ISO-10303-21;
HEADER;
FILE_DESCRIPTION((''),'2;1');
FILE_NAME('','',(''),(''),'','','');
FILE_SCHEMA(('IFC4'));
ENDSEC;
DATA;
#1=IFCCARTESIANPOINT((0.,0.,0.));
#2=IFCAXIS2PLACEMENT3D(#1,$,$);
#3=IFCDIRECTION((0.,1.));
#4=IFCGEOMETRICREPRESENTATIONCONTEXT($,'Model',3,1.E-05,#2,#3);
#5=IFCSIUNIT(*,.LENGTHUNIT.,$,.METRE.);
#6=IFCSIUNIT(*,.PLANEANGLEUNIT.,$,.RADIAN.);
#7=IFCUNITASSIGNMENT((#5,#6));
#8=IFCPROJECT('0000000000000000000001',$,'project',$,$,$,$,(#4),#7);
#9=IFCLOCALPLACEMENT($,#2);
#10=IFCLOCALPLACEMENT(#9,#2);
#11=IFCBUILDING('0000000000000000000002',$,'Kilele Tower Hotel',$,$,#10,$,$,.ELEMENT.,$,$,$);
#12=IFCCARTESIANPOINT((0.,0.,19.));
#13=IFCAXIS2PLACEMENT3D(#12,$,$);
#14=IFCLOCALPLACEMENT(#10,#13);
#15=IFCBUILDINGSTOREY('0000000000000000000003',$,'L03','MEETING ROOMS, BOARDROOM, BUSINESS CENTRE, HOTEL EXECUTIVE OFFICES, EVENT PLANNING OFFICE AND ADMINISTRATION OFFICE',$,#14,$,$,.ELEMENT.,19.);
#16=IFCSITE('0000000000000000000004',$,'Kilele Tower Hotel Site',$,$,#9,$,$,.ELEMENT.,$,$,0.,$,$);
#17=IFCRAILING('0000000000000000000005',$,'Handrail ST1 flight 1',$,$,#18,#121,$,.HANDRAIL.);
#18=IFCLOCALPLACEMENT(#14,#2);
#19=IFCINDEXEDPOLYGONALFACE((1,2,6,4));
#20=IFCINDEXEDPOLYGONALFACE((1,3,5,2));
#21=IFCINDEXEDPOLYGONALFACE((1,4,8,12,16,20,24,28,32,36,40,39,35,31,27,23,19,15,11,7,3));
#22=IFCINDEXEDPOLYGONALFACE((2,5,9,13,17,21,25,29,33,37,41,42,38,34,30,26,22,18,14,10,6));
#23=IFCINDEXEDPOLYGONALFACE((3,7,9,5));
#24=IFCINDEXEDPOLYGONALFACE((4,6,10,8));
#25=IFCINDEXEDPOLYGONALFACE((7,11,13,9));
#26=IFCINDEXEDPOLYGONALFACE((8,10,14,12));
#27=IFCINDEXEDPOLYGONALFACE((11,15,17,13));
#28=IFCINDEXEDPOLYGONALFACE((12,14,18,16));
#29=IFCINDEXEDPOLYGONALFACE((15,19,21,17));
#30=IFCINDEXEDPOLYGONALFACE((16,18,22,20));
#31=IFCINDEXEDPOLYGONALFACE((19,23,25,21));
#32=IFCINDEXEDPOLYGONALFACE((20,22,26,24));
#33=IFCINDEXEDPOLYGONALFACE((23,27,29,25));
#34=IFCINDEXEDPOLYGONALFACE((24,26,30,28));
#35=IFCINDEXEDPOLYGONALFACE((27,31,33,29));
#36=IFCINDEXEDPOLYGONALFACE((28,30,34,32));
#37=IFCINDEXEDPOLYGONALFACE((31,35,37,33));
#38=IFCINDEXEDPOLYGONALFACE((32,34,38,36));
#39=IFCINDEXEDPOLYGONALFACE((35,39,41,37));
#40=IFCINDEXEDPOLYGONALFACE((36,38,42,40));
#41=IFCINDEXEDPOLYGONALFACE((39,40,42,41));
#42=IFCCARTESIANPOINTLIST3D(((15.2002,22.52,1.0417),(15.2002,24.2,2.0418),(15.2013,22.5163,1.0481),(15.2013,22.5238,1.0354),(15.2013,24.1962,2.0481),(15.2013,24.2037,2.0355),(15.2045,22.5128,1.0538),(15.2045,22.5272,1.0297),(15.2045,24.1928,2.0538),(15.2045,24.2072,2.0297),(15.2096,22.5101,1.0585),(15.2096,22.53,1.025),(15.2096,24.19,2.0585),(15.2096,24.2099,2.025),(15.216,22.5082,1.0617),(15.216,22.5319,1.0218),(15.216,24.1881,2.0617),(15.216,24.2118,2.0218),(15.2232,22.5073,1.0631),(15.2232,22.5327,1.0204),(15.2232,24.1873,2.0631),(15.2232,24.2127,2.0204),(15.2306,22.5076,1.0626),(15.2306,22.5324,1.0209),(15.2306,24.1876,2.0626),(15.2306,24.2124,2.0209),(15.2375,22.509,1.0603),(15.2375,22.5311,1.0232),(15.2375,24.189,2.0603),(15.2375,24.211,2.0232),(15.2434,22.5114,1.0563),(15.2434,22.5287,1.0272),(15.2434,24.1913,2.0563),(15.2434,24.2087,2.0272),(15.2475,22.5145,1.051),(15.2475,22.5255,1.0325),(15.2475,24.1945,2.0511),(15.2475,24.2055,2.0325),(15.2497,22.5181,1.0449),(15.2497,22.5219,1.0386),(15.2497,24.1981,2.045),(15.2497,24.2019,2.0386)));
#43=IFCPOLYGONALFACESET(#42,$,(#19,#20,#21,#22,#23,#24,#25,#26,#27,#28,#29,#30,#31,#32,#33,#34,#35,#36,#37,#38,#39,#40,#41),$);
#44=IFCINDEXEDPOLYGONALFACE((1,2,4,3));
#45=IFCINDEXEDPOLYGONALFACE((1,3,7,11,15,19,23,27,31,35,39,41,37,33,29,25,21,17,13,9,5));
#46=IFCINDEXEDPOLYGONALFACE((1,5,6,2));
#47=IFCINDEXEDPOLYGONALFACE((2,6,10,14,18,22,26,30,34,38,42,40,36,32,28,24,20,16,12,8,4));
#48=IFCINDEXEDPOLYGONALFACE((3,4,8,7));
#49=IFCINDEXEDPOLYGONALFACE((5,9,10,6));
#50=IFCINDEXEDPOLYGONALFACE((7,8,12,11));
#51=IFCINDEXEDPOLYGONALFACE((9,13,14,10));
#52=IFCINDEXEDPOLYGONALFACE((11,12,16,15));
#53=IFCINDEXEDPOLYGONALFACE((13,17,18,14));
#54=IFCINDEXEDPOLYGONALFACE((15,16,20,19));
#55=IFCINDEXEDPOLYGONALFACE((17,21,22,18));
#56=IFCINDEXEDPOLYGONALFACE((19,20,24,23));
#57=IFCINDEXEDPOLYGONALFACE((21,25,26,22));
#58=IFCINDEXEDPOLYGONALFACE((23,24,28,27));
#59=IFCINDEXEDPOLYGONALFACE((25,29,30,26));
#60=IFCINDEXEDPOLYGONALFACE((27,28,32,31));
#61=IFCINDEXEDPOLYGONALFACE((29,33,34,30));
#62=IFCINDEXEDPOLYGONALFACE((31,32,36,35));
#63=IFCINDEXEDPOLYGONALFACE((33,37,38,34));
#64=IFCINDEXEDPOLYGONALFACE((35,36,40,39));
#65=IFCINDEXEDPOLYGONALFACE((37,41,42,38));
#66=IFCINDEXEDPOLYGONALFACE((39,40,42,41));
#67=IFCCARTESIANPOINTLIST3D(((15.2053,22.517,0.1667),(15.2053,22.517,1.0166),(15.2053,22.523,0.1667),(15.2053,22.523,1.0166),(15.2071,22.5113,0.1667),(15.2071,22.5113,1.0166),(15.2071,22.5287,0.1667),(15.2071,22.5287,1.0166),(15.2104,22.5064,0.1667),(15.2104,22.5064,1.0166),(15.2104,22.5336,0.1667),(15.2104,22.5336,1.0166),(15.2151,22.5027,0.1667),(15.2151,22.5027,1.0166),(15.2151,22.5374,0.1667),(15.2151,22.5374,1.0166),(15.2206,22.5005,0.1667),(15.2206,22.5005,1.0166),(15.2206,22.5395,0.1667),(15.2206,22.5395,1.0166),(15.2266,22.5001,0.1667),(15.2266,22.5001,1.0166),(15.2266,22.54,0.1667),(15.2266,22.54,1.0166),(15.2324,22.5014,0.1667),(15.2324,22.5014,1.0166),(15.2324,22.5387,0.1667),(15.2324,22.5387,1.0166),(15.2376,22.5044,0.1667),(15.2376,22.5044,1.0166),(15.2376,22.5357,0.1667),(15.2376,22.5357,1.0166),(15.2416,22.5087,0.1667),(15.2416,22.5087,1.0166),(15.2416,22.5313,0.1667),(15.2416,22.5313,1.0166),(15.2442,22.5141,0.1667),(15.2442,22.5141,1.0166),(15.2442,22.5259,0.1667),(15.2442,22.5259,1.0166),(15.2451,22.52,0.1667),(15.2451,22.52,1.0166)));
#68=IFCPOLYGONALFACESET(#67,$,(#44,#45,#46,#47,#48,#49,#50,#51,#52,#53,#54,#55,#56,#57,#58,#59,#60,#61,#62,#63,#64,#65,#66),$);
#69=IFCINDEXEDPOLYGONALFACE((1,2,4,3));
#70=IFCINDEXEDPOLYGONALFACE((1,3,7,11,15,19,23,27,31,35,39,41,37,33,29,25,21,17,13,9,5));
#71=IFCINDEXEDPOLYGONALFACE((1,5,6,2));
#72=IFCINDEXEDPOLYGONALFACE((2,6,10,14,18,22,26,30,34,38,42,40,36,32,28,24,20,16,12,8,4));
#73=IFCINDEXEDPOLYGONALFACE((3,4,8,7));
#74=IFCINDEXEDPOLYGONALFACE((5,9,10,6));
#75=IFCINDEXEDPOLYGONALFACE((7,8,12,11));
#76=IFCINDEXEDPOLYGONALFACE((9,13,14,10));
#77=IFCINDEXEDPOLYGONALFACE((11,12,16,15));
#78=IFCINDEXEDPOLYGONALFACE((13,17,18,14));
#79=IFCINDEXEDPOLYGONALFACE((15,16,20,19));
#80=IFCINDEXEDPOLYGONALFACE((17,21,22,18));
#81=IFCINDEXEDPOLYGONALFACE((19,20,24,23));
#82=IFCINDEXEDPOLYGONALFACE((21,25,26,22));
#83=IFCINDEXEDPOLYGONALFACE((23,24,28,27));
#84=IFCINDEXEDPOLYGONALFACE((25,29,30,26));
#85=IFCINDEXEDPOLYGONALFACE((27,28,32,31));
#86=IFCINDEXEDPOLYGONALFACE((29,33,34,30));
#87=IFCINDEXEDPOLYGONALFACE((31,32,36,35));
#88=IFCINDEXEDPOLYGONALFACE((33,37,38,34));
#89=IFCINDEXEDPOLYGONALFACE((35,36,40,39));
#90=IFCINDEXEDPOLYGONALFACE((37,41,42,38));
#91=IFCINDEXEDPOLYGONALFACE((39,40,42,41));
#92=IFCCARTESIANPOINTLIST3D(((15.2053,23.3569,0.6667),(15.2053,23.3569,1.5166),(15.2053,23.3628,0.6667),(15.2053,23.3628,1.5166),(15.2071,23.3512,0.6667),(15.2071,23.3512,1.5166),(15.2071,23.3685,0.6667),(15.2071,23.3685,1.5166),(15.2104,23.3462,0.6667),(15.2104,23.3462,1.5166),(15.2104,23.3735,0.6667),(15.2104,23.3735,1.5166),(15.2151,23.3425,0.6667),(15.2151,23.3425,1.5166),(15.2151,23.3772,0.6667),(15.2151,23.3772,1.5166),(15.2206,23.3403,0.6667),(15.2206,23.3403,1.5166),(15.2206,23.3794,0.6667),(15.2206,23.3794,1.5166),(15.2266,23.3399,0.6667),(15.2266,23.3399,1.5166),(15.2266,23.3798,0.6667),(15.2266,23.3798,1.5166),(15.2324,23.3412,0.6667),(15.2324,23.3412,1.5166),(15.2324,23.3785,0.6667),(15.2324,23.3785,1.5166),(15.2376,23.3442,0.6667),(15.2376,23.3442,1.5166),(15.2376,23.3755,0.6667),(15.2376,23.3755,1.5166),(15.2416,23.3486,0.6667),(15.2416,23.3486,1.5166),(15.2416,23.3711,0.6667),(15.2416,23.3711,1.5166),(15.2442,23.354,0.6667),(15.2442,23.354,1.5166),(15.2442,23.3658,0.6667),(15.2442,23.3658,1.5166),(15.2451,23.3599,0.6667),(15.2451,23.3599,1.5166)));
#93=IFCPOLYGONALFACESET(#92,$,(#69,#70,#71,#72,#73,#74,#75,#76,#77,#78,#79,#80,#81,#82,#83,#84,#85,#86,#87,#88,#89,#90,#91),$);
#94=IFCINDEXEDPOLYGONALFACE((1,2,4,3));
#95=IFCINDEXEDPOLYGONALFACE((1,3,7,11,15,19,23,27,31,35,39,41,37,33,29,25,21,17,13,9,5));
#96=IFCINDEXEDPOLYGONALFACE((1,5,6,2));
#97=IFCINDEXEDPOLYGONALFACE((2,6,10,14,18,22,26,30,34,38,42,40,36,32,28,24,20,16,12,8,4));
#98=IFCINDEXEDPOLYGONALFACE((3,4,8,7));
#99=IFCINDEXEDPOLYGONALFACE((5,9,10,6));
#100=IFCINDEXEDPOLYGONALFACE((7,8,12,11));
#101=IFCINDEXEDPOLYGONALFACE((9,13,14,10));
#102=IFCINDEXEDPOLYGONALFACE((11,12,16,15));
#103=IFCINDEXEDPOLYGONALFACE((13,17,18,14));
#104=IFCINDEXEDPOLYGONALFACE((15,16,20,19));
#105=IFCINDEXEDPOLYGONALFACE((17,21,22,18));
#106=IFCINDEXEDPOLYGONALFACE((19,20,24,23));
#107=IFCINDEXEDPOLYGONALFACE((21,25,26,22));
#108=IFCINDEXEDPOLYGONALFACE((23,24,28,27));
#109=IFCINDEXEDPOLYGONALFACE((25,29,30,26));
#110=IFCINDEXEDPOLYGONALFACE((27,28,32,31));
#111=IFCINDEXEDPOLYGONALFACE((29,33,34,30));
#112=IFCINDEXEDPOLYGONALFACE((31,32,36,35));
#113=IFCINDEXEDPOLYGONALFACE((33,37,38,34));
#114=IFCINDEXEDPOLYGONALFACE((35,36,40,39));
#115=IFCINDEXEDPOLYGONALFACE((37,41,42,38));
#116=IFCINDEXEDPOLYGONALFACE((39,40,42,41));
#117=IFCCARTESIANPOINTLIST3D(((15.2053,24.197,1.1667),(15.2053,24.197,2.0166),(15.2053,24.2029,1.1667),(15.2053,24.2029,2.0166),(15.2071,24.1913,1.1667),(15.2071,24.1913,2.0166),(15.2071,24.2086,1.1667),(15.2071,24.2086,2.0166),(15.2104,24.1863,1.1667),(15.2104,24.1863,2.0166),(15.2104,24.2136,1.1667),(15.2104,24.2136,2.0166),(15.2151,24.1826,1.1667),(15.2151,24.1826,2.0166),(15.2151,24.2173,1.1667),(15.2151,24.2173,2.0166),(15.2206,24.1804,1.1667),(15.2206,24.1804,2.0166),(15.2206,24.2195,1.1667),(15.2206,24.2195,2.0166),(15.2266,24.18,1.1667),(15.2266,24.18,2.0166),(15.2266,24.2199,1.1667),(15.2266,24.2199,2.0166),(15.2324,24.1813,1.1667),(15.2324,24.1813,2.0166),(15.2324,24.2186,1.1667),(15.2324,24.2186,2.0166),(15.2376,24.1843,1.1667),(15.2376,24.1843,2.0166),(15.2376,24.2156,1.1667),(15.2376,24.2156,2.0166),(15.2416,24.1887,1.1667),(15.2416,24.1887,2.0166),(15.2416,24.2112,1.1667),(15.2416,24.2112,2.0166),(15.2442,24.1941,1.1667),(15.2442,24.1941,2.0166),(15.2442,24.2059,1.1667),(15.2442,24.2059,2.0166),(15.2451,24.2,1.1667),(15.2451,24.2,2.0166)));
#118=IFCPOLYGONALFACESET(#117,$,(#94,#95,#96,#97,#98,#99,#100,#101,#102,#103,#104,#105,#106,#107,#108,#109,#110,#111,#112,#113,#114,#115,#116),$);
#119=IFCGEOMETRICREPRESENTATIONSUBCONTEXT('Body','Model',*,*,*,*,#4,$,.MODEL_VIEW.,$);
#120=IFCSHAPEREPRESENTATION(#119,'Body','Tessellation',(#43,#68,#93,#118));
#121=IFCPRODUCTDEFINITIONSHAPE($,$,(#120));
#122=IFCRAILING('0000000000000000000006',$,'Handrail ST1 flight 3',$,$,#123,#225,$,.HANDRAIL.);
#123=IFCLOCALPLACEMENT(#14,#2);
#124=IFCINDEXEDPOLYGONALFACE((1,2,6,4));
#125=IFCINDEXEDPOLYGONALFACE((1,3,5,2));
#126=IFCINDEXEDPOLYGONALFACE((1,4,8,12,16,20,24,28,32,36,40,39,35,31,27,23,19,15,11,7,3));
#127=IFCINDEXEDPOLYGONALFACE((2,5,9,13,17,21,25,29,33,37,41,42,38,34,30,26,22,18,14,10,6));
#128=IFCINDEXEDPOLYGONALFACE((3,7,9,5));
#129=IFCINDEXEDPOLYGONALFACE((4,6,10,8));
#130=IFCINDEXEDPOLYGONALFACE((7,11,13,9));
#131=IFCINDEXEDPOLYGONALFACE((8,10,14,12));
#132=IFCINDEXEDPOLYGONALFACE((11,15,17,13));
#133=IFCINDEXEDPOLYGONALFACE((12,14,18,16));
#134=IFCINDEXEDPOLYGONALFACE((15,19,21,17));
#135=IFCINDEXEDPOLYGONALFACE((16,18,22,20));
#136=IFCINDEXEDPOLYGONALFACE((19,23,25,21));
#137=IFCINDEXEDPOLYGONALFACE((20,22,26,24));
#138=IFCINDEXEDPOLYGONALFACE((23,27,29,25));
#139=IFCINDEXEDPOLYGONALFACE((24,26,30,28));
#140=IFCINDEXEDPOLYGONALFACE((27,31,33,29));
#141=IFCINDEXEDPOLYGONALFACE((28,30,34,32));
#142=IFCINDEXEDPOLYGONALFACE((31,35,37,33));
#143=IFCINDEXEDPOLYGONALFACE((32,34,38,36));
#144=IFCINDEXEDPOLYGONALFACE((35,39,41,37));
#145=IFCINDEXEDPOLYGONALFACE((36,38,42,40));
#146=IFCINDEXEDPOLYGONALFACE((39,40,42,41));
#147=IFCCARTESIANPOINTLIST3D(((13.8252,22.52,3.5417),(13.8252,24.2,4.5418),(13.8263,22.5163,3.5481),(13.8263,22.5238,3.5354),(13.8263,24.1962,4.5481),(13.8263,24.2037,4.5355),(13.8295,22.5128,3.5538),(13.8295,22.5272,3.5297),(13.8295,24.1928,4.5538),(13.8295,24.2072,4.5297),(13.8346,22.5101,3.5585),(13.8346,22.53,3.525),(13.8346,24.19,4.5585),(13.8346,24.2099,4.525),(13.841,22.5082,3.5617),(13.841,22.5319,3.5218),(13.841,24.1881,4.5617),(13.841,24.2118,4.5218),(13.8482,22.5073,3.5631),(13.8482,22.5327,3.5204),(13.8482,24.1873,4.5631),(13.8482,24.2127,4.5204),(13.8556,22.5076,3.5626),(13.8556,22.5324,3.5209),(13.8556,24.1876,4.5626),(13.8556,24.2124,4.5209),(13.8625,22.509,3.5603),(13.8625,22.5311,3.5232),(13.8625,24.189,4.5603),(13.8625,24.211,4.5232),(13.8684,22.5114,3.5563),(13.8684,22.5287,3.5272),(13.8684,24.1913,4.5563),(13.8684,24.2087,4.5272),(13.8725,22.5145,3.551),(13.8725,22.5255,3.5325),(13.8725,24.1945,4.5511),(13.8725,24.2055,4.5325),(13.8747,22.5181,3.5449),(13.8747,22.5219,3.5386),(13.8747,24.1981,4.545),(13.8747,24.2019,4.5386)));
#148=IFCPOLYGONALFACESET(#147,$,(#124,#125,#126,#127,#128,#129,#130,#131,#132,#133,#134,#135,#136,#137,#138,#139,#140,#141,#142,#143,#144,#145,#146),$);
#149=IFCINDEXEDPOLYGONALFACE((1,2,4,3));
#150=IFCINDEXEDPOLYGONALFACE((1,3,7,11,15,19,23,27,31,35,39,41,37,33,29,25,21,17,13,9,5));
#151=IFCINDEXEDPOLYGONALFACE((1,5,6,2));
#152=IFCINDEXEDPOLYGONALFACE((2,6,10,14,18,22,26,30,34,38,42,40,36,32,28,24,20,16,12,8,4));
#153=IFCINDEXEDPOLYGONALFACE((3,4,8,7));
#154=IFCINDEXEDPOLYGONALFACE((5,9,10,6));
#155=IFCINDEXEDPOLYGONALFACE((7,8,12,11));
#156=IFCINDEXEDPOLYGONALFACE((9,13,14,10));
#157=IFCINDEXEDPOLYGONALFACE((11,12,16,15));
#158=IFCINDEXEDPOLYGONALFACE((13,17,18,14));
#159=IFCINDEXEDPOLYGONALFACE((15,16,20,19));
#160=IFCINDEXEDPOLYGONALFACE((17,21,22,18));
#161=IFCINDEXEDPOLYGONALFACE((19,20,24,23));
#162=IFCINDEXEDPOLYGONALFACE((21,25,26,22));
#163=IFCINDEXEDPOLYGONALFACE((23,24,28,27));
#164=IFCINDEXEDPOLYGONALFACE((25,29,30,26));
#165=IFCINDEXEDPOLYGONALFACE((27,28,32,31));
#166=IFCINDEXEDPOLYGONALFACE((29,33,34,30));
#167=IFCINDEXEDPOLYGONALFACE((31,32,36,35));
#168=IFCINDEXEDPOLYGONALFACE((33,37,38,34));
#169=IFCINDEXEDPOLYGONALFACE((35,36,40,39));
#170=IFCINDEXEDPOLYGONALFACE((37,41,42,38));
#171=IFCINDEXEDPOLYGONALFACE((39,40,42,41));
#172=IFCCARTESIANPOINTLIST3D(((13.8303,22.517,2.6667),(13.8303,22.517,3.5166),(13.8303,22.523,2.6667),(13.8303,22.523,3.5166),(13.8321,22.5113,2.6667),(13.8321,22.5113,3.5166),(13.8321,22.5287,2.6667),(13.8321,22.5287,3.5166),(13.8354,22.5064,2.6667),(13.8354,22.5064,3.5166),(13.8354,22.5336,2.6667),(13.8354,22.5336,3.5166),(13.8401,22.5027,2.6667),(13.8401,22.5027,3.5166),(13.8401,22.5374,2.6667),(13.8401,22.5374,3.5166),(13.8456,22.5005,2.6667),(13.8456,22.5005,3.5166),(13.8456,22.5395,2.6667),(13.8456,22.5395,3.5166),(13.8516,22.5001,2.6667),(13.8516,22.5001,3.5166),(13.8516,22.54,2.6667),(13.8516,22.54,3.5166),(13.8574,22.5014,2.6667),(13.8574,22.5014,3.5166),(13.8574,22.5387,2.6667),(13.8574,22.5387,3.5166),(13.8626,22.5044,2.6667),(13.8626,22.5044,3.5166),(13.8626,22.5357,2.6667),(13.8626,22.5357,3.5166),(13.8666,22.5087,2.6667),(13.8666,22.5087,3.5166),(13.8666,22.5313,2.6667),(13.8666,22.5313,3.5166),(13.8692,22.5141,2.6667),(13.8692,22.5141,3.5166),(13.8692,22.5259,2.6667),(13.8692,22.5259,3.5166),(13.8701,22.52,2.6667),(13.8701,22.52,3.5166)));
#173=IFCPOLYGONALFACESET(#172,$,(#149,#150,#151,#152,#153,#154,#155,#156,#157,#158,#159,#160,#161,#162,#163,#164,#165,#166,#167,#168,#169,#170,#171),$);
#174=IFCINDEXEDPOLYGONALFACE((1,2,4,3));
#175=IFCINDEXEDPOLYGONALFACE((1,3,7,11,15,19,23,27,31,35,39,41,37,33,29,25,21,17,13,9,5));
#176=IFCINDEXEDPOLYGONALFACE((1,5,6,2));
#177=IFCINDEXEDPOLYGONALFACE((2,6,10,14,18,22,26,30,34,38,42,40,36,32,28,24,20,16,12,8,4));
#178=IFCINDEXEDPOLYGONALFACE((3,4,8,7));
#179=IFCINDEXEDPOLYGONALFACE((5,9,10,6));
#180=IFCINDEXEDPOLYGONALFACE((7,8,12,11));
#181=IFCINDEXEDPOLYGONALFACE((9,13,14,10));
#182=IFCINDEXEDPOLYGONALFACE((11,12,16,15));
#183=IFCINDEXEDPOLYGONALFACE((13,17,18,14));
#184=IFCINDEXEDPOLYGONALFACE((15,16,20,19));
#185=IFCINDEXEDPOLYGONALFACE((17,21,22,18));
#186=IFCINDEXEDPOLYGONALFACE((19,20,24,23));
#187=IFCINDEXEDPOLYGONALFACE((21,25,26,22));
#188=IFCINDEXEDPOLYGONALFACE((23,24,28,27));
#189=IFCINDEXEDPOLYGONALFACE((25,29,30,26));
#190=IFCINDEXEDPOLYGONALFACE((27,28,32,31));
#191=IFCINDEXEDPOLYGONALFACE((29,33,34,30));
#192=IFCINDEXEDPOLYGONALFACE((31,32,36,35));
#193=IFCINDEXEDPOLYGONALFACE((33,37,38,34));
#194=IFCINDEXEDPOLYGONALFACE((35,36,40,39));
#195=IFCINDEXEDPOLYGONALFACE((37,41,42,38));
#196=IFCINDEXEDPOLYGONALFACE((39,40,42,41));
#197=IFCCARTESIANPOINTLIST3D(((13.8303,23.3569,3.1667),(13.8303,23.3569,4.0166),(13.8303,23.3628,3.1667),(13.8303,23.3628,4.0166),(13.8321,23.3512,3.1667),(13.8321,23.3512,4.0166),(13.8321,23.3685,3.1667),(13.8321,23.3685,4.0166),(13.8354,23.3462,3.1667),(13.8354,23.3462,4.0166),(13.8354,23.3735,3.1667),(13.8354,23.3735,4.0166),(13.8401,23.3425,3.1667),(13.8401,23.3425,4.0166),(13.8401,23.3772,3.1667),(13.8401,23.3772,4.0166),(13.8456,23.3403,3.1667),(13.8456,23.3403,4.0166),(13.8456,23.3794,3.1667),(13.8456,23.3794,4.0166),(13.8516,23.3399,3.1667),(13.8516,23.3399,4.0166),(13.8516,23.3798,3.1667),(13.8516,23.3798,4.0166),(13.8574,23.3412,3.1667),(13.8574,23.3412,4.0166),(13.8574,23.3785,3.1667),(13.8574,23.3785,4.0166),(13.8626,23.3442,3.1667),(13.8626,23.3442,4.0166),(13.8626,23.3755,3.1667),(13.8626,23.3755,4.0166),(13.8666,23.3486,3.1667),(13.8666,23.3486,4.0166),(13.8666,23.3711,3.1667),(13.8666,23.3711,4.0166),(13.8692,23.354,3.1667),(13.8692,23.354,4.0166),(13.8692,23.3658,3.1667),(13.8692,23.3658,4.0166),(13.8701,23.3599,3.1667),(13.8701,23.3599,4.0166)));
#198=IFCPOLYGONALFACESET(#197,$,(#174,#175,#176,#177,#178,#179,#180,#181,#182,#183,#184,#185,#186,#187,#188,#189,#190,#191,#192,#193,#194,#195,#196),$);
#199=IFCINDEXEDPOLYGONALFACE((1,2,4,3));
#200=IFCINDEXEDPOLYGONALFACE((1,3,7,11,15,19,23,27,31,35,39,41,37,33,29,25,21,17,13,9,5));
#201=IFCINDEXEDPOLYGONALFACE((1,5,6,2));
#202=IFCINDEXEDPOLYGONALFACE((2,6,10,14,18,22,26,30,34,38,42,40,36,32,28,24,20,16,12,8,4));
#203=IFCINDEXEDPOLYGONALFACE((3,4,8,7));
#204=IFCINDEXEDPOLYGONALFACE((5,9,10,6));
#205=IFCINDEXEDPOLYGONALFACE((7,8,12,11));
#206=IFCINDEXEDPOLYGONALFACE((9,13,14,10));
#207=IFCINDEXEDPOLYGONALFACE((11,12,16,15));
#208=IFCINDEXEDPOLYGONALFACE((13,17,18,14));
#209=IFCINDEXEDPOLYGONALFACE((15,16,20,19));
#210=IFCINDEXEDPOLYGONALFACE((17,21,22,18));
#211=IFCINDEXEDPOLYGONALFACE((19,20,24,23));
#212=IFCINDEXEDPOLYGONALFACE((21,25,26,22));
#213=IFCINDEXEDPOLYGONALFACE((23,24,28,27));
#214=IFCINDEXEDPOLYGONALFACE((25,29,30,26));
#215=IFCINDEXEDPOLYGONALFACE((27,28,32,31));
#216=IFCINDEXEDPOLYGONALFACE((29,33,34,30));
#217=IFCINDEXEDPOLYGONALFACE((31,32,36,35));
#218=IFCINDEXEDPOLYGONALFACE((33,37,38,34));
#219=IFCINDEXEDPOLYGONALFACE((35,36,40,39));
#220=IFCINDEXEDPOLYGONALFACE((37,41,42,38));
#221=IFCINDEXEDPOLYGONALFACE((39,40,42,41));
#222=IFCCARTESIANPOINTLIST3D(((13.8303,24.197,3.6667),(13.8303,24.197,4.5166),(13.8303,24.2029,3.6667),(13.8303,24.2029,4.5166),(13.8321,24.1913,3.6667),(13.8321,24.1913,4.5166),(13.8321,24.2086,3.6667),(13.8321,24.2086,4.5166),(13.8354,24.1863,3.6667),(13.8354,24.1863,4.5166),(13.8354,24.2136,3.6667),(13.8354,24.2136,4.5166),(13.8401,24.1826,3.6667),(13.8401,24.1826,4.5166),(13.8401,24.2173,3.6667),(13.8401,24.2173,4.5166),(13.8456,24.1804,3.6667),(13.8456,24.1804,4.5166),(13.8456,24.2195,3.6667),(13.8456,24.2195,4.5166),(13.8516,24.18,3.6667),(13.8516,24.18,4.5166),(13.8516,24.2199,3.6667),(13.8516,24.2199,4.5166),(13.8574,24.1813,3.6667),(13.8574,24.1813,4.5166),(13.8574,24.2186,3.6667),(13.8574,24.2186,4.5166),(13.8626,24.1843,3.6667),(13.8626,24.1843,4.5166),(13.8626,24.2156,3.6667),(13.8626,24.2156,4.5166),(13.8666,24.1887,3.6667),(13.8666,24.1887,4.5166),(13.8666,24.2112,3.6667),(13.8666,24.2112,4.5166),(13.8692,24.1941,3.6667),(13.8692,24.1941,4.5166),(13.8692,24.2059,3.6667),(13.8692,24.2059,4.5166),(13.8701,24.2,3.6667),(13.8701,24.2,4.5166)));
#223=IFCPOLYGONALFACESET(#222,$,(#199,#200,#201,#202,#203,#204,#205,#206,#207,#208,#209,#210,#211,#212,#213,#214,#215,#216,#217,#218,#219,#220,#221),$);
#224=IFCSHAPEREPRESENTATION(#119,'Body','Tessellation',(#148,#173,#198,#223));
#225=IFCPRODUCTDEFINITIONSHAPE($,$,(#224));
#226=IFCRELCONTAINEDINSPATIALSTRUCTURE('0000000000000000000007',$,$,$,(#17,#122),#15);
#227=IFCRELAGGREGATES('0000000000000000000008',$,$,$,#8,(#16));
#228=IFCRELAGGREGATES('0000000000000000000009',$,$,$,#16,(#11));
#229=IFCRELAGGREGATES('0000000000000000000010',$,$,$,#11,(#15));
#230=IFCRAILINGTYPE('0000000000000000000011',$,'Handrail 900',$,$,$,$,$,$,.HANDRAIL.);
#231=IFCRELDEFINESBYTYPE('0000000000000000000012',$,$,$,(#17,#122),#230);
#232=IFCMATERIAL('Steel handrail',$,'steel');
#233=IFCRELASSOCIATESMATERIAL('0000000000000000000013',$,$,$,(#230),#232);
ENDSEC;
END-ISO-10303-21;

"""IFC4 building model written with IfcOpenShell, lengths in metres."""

from ifc_helpers import new_model, si_unit, direction, frame, origin, origin_2d, place, context, subcontext, project, spatial, circle, extrude, material, type_object, element, save


model = new_model("IFC4")

# Units and contexts
model_context = context("Model", 3, precision=1e-05, world=origin(), true_north=direction((0.0, 1.0)))
body_context = subcontext(model_context, "Body", "Model", "MODEL_VIEW")
ifc_project = project(units=[si_unit("LENGTHUNIT", "METRE"), si_unit("PLANEANGLEUNIT", "RADIAN")], contexts=[model_context])

# Site, building, storey
site_placement = place(None, origin())
site = spatial("IfcSite", under=ifc_project, at=site_placement, Name="Kilele Tower Hotel Site", CompositionType="ELEMENT", RefElevation=0.0)
building_placement = place(site_placement, origin())
building = spatial("IfcBuilding", under=site, at=building_placement, Name="Kilele Tower Hotel", CompositionType="ELEMENT")
storey_placement = place(building_placement, frame((0.0, 0.0, 19.0)))
storey = spatial("IfcBuildingStorey", under=building, at=storey_placement, Name="L03", Description="MEETING ROOMS, BOARDROOM, BUSINESS CENTRE, HOTEL EXECUTIVE OFFICES, EVENT PLANNING OFFICE AND ADMINISTRATION OFFICE", CompositionType="ELEMENT", Elevation=19.0)

# Railings
ifc_material_1 = material(Name="Steel handrail", Category="steel")
railing_type_1 = type_object("IfcRailingType", Name="Handrail 900", PredefinedType="HANDRAIL", material=ifc_material_1)
for number, where, name in (
    (1, (15.2251, 22.52, 0.1667), "Handrail ST1 flight 1"),
    (2, (13.8501, 22.52, 2.6667), "Handrail ST1 flight 3"),
):
    element("IfcRailing", number, at=place(storey_placement, frame(where)), inside=storey, type_object=railing_type_1, Name=name, PredefinedType="HANDRAIL", context=body_context, shape_type="SweptSolid", body=[
        extrude(circle(Radius=0.0249, at=origin_2d()), frame((0.0, 0.0, 0.875), z_axis=(0.0, 0.859284, 0.511499), x_axis=(-1.0, 0.0, 0.0)), (0.0, 0.0, 1.0), 1.9551),
        extrude(circle(Radius=0.02, at=origin_2d()), origin(), (0.0, 0.0, 1.0), 0.8499),
        extrude(circle(Radius=0.02, at=origin_2d()), frame((0.0, 0.8398, 0.5)), (0.0, 0.0, 1.0), 0.8499),
        extrude(circle(Radius=0.02, at=origin_2d()), frame((0.0, 1.6799, 1.0)), (0.0, 0.0, 1.0), 0.8499),
    ])

save(model, "model.ifc")
